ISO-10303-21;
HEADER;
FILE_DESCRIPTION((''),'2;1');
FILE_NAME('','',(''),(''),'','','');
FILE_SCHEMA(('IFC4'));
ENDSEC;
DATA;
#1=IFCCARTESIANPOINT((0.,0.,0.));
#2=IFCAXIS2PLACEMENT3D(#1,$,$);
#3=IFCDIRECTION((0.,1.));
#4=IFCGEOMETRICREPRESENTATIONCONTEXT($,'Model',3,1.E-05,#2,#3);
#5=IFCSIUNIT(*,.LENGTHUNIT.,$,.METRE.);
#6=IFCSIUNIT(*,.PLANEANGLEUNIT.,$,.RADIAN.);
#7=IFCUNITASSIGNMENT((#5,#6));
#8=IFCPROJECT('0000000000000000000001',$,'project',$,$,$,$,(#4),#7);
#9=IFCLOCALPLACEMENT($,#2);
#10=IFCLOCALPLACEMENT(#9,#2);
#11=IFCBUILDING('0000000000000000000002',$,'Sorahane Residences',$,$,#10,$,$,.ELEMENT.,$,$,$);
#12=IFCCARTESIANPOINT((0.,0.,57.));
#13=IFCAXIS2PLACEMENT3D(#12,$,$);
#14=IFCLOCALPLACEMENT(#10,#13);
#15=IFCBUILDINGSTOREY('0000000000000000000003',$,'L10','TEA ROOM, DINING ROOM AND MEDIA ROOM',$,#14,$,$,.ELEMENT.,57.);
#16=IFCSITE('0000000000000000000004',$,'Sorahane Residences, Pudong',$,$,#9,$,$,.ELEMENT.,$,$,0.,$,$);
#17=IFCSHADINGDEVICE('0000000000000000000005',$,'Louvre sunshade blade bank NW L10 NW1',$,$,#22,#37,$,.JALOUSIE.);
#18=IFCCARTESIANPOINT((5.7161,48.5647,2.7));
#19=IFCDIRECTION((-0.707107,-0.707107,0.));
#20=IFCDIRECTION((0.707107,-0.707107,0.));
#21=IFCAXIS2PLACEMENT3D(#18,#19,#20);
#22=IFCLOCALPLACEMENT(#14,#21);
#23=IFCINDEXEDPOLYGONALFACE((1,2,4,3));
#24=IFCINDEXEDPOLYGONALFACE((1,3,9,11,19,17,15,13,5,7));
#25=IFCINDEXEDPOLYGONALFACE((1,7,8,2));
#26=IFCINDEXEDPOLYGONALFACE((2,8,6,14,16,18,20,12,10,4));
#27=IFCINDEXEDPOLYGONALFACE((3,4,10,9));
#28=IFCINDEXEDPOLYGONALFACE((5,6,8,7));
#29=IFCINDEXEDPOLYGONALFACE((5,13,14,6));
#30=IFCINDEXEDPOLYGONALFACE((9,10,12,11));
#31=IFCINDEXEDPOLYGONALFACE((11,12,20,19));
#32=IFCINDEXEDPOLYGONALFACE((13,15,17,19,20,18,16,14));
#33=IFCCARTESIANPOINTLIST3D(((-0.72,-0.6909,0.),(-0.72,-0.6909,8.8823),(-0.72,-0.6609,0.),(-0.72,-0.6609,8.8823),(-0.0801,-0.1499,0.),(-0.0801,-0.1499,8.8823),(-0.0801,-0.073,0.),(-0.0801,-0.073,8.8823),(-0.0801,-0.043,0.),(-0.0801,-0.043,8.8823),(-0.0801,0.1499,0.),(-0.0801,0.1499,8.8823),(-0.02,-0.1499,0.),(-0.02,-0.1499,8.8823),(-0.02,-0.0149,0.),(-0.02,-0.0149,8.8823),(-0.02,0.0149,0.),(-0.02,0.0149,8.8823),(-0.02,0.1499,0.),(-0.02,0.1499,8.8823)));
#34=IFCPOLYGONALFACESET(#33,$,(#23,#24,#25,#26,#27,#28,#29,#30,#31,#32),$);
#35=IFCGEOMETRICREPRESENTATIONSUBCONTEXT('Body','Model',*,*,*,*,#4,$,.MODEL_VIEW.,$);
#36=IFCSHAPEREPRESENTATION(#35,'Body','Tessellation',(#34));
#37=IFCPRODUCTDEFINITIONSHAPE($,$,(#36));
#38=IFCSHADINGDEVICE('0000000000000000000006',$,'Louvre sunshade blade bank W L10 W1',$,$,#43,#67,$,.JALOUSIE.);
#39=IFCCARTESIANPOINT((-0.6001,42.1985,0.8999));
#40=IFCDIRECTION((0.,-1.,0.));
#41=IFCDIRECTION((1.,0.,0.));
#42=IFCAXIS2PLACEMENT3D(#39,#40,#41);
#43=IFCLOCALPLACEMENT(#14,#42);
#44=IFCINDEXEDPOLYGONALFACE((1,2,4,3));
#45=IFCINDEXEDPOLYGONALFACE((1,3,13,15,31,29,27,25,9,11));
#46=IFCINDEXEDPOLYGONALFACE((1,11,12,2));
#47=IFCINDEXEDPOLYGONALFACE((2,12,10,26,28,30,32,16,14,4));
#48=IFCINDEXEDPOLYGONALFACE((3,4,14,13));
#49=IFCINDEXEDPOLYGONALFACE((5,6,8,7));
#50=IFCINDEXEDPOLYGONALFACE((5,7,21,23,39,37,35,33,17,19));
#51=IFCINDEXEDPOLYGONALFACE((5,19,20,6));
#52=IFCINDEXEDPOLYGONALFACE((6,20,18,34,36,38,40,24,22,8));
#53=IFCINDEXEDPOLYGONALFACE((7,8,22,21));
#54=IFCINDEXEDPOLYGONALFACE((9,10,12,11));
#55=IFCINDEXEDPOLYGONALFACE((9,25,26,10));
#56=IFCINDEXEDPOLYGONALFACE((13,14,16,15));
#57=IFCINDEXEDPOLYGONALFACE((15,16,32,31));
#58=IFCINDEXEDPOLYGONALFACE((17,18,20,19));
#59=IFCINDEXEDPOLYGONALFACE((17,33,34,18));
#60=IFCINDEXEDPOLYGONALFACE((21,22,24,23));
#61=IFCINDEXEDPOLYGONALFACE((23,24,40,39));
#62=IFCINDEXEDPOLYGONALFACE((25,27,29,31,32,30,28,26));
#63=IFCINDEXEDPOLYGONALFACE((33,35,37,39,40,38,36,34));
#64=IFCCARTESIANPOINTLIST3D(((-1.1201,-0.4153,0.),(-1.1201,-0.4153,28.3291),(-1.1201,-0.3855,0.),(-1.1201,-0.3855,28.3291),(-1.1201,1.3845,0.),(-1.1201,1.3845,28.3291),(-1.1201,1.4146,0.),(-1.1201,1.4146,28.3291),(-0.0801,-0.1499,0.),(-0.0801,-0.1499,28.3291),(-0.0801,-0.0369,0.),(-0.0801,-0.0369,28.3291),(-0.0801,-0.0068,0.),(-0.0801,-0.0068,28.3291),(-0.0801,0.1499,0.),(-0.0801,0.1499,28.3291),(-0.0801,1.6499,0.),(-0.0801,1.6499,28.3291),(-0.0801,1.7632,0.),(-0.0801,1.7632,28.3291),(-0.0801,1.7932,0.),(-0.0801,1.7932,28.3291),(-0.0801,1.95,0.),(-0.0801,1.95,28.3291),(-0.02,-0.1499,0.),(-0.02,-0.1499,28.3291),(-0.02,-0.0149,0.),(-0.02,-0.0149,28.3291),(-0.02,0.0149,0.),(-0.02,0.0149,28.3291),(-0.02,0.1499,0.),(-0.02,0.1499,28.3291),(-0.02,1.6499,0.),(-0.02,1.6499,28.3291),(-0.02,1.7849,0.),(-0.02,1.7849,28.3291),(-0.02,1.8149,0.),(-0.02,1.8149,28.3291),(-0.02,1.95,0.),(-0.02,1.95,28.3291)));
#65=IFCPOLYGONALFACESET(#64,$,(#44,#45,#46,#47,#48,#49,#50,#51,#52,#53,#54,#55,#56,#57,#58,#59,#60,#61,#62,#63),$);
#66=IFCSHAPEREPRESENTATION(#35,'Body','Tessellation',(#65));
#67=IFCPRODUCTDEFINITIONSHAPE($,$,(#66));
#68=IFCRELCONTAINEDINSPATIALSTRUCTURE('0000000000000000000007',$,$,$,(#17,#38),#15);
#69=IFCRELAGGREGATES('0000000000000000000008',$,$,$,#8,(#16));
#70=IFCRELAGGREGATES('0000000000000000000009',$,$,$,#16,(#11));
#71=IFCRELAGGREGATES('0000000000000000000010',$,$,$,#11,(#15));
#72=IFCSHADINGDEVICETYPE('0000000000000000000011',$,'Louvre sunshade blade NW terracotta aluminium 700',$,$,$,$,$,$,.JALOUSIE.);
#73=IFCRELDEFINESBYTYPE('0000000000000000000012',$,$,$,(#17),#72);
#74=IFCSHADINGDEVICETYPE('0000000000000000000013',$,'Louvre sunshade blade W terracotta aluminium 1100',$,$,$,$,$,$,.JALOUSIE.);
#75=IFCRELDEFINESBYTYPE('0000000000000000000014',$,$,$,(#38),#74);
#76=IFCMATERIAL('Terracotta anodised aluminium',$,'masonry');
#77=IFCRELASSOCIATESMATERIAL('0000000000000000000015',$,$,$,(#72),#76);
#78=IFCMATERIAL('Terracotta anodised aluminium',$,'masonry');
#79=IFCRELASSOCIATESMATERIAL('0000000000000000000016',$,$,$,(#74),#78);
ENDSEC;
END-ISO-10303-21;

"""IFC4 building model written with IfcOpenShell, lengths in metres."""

from ifc_helpers import new_model, si_unit, direction, frame, origin, place, context, subcontext, project, spatial, polyline, outline, composite_profile, extrude, material, type_object, element, save


model = new_model("IFC4")

# Units and contexts
model_context = context("Model", 3, precision=1e-05, world=origin(), true_north=direction((0.0, 1.0)))
body_context = subcontext(model_context, "Body", "Model", "MODEL_VIEW")
ifc_project = project(units=[si_unit("LENGTHUNIT", "METRE"), si_unit("PLANEANGLEUNIT", "RADIAN")], contexts=[model_context])

# Site, building, storey
site_placement = place(None, origin())
site = spatial("IfcSite", under=ifc_project, at=site_placement, Name="Sorahane Residences, Pudong", CompositionType="ELEMENT", RefElevation=0.0)
building_placement = place(site_placement, origin())
building = spatial("IfcBuilding", under=site, at=building_placement, Name="Sorahane Residences", CompositionType="ELEMENT")
storey_placement = place(building_placement, frame((0.0, 0.0, 57.0)))
storey = spatial("IfcBuildingStorey", under=building, at=storey_placement, Name="L10", Description="TEA ROOM, DINING ROOM AND MEDIA ROOM", CompositionType="ELEMENT", Elevation=57.0)

# Shading devices
ifc_material_1 = material(Name="Terracotta anodised aluminium", Category="masonry")
shading_device_type_1 = type_object("IfcShadingDeviceType", Name="Louvre sunshade blade NW terracotta aluminium 700", PredefinedType="JALOUSIE", material=ifc_material_1)
shading_device_1_placement = place(storey_placement, frame((5.7161, 48.5647, 2.7), z_axis=(-0.707107, -0.707107, 0.0), x_axis=(0.707107, -0.707107, 0.0)))
element("IfcShadingDevice", 1, at=shading_device_1_placement, inside=storey, type_object=shading_device_type_1, Name="Louvre sunshade blade bank NW L10 NW1", PredefinedType="JALOUSIE", context=body_context, shape_type="SweptSolid", body=[
    extrude(outline(polyline([(-0.72, -0.6609), (-0.72, -0.6909), (-0.0801, -0.073), (-0.0801, -0.1499), (-0.02, -0.1499), (-0.02, -0.0149), (-0.02, 0.0149), (-0.02, 0.1499), (-0.0801, 0.1499), (-0.0801, -0.043), (-0.72, -0.6609)])), origin(), (0.0, 0.0, 1.0), 8.8823),
])
ifc_material_2 = material(Name="Terracotta anodised aluminium", Category="masonry")
shading_device_type_2 = type_object("IfcShadingDeviceType", Name="Louvre sunshade blade W terracotta aluminium 1100", PredefinedType="JALOUSIE", material=ifc_material_2)
shading_device_2_placement = place(storey_placement, frame((-0.6001, 42.1985, 0.8999), z_axis=(0.0, -1.0, 0.0), x_axis=(1.0, 0.0, 0.0)))
element("IfcShadingDevice", 2, at=shading_device_2_placement, inside=storey, type_object=shading_device_type_2, Name="Louvre sunshade blade bank W L10 W1", PredefinedType="JALOUSIE", context=body_context, shape_type="SweptSolid", body=[
    extrude(composite_profile([outline(polyline([(-1.1201, -0.3855), (-1.1201, -0.4153), (-0.0801, -0.0369), (-0.0801, -0.1499), (-0.02, -0.1499), (-0.02, -0.0149), (-0.02, 0.0149), (-0.02, 0.1499), (-0.0801, 0.1499), (-0.0801, -0.0068), (-1.1201, -0.3855)])), outline(polyline([(-1.1201, 1.4146), (-1.1201, 1.3845), (-0.0801, 1.7632), (-0.0801, 1.6499), (-0.02, 1.6499), (-0.02, 1.7849), (-0.02, 1.8149), (-0.02, 1.95), (-0.0801, 1.95), (-0.0801, 1.7932), (-1.1201, 1.4146)]))]), origin(), (0.0, 0.0, 1.0), 28.3291),
])

save(model, "model.ifc")
